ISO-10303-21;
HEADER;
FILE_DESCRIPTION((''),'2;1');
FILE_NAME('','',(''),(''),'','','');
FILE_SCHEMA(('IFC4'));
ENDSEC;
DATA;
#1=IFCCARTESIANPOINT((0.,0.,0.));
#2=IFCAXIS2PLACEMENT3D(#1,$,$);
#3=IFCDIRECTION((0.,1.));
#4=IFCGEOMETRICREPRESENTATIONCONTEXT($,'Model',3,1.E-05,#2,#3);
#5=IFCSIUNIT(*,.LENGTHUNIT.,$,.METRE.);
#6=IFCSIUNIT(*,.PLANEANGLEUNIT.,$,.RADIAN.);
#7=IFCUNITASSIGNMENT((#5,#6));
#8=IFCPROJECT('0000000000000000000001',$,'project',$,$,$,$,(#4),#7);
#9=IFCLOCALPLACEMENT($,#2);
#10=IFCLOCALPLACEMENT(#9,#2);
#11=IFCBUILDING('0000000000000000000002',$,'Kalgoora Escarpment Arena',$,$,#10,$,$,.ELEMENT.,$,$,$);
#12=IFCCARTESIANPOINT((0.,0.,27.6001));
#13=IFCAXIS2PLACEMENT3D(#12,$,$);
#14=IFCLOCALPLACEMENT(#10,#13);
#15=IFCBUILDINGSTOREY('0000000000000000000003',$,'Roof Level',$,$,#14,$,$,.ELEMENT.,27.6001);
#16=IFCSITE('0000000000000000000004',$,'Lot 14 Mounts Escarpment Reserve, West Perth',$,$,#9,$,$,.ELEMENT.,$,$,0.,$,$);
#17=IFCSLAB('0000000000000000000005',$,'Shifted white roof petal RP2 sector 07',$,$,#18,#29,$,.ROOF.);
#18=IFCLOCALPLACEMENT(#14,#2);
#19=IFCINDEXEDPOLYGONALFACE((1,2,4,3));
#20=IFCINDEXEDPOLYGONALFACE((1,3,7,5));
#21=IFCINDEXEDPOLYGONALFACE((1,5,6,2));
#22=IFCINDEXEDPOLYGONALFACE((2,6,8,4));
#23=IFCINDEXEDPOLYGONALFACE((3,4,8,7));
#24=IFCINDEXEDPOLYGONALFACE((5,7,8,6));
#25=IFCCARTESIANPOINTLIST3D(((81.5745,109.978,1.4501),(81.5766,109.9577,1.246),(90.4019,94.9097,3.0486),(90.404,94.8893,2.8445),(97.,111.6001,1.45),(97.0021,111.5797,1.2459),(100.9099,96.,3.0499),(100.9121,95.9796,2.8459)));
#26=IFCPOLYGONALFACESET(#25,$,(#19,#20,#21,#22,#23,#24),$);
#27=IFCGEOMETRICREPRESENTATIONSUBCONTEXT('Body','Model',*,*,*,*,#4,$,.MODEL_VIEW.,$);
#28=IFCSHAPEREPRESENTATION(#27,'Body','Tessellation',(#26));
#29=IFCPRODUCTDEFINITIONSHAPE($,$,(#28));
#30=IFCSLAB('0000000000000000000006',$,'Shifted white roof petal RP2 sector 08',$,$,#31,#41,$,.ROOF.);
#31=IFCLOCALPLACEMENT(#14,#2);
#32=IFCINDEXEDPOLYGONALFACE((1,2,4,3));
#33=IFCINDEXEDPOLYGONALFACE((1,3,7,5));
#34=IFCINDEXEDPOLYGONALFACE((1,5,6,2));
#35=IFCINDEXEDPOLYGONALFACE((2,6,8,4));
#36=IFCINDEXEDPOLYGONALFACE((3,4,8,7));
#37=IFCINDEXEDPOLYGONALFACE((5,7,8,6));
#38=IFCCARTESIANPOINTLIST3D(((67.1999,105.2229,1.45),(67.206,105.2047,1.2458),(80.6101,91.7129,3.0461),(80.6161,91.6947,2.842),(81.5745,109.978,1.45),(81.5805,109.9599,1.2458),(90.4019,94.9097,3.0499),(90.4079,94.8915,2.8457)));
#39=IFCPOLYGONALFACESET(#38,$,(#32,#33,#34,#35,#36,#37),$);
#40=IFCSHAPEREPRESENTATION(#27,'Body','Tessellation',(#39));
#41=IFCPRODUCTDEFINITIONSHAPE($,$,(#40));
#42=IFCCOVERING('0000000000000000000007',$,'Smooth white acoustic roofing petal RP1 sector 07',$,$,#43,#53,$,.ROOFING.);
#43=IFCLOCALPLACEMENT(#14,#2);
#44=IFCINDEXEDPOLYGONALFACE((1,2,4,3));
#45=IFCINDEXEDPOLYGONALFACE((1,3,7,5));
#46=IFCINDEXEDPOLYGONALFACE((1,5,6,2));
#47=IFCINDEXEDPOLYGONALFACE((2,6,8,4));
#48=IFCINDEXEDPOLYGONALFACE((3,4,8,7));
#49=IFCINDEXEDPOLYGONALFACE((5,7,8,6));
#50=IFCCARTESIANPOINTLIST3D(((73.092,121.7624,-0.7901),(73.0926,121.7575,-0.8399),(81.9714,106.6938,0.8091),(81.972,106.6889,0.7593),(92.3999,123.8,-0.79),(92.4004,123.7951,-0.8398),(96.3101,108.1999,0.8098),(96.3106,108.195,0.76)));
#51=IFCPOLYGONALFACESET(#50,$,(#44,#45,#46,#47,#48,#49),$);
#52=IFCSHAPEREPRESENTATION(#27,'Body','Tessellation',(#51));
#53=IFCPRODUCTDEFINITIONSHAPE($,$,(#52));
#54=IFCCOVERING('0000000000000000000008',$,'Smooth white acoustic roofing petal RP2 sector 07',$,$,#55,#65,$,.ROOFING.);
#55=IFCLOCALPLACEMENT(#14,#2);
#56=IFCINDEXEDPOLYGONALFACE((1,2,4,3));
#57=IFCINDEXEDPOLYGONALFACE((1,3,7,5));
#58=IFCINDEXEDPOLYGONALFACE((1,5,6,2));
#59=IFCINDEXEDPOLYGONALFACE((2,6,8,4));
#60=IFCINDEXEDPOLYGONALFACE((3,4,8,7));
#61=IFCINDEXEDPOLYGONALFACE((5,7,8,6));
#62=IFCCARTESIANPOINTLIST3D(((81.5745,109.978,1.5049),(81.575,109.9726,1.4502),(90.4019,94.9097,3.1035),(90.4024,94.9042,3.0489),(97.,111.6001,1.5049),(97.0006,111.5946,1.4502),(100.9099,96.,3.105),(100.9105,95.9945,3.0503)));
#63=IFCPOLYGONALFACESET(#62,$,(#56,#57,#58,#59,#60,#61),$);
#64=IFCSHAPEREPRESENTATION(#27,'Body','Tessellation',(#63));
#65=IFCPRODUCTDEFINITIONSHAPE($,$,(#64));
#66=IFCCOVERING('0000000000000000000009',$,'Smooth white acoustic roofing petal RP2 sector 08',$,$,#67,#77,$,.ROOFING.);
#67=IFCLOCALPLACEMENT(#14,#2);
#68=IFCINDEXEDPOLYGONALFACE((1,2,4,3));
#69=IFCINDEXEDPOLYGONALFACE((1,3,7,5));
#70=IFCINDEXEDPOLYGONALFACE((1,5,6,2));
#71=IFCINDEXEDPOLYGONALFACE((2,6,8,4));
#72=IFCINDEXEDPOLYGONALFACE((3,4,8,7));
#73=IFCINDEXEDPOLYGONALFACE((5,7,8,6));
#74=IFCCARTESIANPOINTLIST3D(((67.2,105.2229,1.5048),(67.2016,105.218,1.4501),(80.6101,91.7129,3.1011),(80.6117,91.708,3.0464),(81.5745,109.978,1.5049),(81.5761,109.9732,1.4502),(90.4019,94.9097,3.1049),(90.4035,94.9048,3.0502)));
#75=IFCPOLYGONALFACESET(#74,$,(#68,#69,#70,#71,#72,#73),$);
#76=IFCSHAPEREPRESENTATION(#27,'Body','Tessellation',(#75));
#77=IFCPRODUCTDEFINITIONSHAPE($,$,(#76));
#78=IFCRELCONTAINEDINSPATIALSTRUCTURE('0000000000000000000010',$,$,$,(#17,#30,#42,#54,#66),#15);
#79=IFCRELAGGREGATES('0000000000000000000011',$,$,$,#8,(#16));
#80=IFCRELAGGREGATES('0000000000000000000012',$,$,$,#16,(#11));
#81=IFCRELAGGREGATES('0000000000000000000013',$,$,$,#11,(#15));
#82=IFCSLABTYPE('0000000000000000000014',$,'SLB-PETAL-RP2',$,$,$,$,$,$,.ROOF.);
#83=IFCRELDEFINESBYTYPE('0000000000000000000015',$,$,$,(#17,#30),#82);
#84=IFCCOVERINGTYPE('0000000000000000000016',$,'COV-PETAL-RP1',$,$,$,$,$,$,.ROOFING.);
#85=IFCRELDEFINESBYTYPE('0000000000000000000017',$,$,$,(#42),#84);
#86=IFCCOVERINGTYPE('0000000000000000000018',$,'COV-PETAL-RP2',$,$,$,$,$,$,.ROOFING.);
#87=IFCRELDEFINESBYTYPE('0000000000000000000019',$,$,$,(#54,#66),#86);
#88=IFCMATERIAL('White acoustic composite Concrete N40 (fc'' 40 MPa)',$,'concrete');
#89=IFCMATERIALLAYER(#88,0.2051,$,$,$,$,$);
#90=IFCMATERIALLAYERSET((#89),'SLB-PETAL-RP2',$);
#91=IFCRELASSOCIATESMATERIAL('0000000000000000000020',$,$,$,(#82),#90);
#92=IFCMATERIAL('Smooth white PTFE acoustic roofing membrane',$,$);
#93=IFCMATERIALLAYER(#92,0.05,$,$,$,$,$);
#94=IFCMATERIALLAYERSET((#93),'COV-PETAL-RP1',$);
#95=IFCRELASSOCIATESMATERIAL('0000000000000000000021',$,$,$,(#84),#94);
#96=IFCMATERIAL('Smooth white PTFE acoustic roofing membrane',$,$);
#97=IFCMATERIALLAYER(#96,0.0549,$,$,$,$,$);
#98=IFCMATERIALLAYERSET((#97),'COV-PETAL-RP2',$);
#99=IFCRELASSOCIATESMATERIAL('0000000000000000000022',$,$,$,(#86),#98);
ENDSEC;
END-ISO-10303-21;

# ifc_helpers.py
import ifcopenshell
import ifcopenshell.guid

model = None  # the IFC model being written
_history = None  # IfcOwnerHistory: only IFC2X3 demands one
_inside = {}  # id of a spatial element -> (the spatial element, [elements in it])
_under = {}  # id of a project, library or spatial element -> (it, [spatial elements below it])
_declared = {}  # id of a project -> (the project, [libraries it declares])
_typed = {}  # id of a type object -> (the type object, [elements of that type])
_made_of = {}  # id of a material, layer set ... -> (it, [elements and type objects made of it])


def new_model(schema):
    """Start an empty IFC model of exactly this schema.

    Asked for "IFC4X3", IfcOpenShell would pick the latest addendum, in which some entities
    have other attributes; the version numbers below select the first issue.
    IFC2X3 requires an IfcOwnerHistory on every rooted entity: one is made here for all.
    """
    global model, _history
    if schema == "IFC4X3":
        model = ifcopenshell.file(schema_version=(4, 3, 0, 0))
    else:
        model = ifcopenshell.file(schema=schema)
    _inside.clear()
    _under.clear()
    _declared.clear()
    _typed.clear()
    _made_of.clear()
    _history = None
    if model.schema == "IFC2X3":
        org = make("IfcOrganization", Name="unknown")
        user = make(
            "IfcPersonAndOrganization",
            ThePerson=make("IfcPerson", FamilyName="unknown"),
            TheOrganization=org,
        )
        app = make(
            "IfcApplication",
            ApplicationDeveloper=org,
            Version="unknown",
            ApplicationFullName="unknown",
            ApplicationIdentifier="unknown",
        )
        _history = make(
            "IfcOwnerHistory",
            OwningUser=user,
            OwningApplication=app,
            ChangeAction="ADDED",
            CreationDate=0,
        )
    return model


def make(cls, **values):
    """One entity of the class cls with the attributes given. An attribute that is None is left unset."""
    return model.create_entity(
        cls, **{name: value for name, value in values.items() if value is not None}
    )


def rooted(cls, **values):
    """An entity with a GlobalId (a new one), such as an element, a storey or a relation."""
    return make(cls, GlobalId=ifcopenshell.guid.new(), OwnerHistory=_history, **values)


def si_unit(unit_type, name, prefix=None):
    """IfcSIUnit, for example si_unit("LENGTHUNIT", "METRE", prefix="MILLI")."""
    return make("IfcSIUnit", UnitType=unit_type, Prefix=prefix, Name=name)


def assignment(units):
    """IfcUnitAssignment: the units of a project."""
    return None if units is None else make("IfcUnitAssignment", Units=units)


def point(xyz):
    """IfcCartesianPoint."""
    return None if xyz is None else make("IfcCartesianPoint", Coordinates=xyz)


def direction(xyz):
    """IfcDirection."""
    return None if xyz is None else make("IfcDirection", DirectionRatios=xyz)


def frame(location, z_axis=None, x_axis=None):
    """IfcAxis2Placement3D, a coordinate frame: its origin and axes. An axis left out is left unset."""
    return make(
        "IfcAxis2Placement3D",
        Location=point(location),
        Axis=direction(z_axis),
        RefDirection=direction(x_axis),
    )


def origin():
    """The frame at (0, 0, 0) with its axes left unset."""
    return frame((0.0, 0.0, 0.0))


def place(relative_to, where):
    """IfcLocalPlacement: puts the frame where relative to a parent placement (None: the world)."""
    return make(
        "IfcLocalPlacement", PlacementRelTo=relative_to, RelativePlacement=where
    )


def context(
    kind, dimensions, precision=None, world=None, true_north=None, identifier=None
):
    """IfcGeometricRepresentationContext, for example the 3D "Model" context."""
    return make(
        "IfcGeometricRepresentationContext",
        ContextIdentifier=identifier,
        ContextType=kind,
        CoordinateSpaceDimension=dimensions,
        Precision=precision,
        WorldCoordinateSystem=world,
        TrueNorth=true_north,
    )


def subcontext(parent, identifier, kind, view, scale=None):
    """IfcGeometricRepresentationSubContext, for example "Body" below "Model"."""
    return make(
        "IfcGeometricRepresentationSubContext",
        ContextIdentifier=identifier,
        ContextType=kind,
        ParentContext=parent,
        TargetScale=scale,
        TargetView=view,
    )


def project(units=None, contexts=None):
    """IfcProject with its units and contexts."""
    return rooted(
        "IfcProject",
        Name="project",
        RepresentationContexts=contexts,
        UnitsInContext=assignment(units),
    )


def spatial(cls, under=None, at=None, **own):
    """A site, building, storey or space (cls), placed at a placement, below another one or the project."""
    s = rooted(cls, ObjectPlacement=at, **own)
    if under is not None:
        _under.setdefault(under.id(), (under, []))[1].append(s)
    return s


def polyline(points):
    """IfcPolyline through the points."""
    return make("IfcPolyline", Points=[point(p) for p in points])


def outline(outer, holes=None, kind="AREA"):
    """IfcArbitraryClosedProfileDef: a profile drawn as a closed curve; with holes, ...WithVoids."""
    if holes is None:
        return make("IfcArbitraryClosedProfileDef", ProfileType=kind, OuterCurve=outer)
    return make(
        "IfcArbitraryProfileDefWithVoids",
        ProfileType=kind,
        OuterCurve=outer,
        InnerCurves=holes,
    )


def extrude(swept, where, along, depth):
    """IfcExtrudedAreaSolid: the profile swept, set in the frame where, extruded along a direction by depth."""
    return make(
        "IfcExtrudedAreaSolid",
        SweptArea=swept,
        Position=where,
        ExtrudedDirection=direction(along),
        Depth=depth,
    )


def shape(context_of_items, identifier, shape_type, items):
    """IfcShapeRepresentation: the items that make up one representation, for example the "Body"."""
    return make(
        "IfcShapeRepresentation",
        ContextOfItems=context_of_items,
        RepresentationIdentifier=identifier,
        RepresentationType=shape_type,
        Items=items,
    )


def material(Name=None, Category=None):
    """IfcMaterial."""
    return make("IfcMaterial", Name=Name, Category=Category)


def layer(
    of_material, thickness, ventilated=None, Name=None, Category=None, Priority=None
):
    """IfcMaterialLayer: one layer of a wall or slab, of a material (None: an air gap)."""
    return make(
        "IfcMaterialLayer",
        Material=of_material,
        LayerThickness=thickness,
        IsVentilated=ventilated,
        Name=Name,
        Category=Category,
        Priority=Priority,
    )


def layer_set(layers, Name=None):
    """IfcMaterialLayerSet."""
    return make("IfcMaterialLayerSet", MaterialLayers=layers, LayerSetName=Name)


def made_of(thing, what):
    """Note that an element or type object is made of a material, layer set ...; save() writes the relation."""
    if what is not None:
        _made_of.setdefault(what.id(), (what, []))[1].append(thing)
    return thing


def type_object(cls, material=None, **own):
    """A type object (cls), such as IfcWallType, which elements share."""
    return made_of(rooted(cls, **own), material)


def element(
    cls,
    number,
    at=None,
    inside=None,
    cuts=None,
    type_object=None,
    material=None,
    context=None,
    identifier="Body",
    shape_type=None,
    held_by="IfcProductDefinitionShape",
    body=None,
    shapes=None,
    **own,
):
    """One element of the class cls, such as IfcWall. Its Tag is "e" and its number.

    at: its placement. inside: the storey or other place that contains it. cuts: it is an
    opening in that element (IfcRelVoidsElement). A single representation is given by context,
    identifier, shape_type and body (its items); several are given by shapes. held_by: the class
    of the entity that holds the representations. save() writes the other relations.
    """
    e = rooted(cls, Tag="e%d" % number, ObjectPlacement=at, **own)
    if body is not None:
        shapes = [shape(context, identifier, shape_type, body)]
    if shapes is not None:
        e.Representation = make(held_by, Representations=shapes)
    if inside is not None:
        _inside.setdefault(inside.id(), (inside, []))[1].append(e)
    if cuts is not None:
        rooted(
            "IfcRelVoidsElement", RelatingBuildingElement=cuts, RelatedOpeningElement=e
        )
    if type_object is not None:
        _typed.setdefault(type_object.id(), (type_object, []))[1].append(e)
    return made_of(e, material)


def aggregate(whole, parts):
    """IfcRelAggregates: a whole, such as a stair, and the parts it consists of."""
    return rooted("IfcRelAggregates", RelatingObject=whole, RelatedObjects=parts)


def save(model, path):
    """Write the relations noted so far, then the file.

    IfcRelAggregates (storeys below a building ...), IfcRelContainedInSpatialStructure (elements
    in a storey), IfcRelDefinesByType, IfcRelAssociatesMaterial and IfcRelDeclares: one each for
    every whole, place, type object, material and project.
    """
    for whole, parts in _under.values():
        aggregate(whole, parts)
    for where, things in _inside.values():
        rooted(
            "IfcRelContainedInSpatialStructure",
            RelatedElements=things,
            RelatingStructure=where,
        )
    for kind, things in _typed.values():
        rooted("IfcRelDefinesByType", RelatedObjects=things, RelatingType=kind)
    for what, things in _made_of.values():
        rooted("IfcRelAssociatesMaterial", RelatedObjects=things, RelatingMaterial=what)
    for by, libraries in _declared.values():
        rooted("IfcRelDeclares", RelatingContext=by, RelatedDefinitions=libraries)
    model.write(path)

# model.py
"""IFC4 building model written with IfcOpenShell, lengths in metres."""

from ifc_helpers import new_model, si_unit, direction, frame, origin, place, context, subcontext, project, spatial, polyline, outline, extrude, material, layer, layer_set, type_object, element, save


model = new_model("IFC4")

# Units and contexts
model_context = context("Model", 3, precision=1e-05, world=origin(), true_north=direction((0.0, 1.0)))
body_context = subcontext(model_context, "Body", "Model", "MODEL_VIEW")
ifc_project = project(units=[si_unit("LENGTHUNIT", "METRE"), si_unit("PLANEANGLEUNIT", "RADIAN")], contexts=[model_context])

# Site, building, storey
site_placement = place(None, origin())
site = spatial("IfcSite", under=ifc_project, at=site_placement, Name="Lot 14 Mounts Escarpment Reserve, West Perth", CompositionType="ELEMENT", RefElevation=0.0)
building_placement = place(site_placement, origin())
building = spatial("IfcBuilding", under=site, at=building_placement, Name="Kalgoora Escarpment Arena", CompositionType="ELEMENT")
storey_placement = place(building_placement, frame((0.0, 0.0, 27.6001)))
storey = spatial("IfcBuildingStorey", under=building, at=storey_placement, Name="Roof Level", CompositionType="ELEMENT", Elevation=27.6001)

# Slabs
ifc_material_1 = material(Name="White acoustic composite Concrete N40 (fc' 40 MPa)", Category="concrete")
ifc_layer_1 = layer(ifc_material_1, 0.2051)
ifc_layer_set_1 = layer_set([ifc_layer_1], Name="SLB-PETAL-RP2")
slab_type_1 = type_object("IfcSlabType", Name="SLB-PETAL-RP2", PredefinedType="ROOF", material=ifc_layer_set_1)
slab_1_placement = place(storey_placement, frame((97.0, 111.6001, 1.45), z_axis=(-0.010446, 0.099431, 0.99499), x_axis=(-0.994517, -0.104577, 0.000009)))
element("IfcSlab", 1, at=slab_1_placement, inside=storey, type_object=slab_type_1, Name="Shifted white roof petal RP2 sector 07", PredefinedType="ROOF", context=body_context, shape_type="SweptSolid", body=[
    extrude(outline(polyline([(0.0, 0.0), (15.5106, 0.0), (8.3074, 15.989), (-2.257, 16.0036), (0.0, 0.0)])), origin(), (0.0, 0.0, -1.0), 0.2051),
])
slab_2_placement = place(storey_placement, frame((81.5745, 109.978, 1.45), z_axis=(-0.02929, 0.088556, 0.995641), x_axis=(-0.949402, -0.314064, 0.000004)))
element("IfcSlab", 2, at=slab_2_placement, inside=storey, type_object=slab_type_1, Name="Shifted white roof petal RP2 sector 08", PredefinedType="ROOF", context=body_context, shape_type="SweptSolid", body=[
    extrude(outline(polyline([(0.0, 0.0), (15.1406, 0.0), (6.652, 17.1127), (-3.6483, 17.1531), (0.0, 0.0)])), origin(), (0.0, 0.0, -1.0), 0.2051),
])

# Coverings
ifc_material_2 = material(Name="Smooth white PTFE acoustic roofing membrane")
ifc_layer_2 = layer(ifc_material_2, 0.05)
ifc_layer_set_2 = layer_set([ifc_layer_2], Name="COV-PETAL-RP1")
covering_type_1 = type_object("IfcCoveringType", Name="COV-PETAL-RP1", PredefinedType="ROOFING", material=ifc_layer_set_2)
covering_1_placement = place(storey_placement, frame((92.3999, 123.8, -0.79), z_axis=(-0.010492, 0.09941, 0.994991), x_axis=(-0.994478, -0.104949, -0.000001)))
element("IfcCovering", 3, at=covering_1_placement, inside=storey, type_object=covering_type_1, Name="Smooth white acoustic roofing petal RP1 sector 07", PredefinedType="ROOFING", context=body_context, shape_type="SweptSolid", body=[
    extrude(outline(polyline([(0.0, 0.0), (19.4151, 0.0), (12.1662, 15.9974), (-2.2513, 16.0045), (0.0, 0.0)])), origin(), (0.0, 0.0, -1.0), 0.05),
])
ifc_material_3 = material(Name="Smooth white PTFE acoustic roofing membrane")
ifc_layer_3 = layer(ifc_material_3, 0.0549)
ifc_layer_set_3 = layer_set([ifc_layer_3], Name="COV-PETAL-RP2")
covering_type_2 = type_object("IfcCoveringType", Name="COV-PETAL-RP2", PredefinedType="ROOFING", material=ifc_layer_set_3)
covering_2_placement = place(storey_placement, frame((97.0, 111.6001, 1.5049), z_axis=(-0.010456, 0.099435, 0.994989), x_axis=(-0.994517, -0.104578, 0.0)))
element("IfcCovering", 4, at=covering_2_placement, inside=storey, type_object=covering_type_2, Name="Smooth white acoustic roofing petal RP2 sector 07", PredefinedType="ROOFING", context=body_context, shape_type="SweptSolid", body=[
    extrude(outline(polyline([(0.0, 0.0), (15.5106, 0.0), (8.3074, 15.989), (-2.257, 16.0036), (0.0, 0.0)])), origin(), (0.0, 0.0, -1.0), 0.0549),
])
covering_3_placement = place(storey_placement, frame((81.5745, 109.978, 1.5049), z_axis=(-0.0293, 0.088556, 0.99564), x_axis=(-0.949401, -0.314065, -0.000005)))
element("IfcCovering", 5, at=covering_3_placement, inside=storey, type_object=covering_type_2, Name="Smooth white acoustic roofing petal RP2 sector 08", PredefinedType="ROOFING", context=body_context, shape_type="SweptSolid", body=[
    extrude(outline(polyline([(0.0, 0.0), (15.1406, 0.0), (6.652, 17.1127), (-3.6483, 17.1531), (0.0, 0.0)])), origin(), (0.0, 0.0, -1.0), 0.0549),
])

save(model, "model.ifc")
